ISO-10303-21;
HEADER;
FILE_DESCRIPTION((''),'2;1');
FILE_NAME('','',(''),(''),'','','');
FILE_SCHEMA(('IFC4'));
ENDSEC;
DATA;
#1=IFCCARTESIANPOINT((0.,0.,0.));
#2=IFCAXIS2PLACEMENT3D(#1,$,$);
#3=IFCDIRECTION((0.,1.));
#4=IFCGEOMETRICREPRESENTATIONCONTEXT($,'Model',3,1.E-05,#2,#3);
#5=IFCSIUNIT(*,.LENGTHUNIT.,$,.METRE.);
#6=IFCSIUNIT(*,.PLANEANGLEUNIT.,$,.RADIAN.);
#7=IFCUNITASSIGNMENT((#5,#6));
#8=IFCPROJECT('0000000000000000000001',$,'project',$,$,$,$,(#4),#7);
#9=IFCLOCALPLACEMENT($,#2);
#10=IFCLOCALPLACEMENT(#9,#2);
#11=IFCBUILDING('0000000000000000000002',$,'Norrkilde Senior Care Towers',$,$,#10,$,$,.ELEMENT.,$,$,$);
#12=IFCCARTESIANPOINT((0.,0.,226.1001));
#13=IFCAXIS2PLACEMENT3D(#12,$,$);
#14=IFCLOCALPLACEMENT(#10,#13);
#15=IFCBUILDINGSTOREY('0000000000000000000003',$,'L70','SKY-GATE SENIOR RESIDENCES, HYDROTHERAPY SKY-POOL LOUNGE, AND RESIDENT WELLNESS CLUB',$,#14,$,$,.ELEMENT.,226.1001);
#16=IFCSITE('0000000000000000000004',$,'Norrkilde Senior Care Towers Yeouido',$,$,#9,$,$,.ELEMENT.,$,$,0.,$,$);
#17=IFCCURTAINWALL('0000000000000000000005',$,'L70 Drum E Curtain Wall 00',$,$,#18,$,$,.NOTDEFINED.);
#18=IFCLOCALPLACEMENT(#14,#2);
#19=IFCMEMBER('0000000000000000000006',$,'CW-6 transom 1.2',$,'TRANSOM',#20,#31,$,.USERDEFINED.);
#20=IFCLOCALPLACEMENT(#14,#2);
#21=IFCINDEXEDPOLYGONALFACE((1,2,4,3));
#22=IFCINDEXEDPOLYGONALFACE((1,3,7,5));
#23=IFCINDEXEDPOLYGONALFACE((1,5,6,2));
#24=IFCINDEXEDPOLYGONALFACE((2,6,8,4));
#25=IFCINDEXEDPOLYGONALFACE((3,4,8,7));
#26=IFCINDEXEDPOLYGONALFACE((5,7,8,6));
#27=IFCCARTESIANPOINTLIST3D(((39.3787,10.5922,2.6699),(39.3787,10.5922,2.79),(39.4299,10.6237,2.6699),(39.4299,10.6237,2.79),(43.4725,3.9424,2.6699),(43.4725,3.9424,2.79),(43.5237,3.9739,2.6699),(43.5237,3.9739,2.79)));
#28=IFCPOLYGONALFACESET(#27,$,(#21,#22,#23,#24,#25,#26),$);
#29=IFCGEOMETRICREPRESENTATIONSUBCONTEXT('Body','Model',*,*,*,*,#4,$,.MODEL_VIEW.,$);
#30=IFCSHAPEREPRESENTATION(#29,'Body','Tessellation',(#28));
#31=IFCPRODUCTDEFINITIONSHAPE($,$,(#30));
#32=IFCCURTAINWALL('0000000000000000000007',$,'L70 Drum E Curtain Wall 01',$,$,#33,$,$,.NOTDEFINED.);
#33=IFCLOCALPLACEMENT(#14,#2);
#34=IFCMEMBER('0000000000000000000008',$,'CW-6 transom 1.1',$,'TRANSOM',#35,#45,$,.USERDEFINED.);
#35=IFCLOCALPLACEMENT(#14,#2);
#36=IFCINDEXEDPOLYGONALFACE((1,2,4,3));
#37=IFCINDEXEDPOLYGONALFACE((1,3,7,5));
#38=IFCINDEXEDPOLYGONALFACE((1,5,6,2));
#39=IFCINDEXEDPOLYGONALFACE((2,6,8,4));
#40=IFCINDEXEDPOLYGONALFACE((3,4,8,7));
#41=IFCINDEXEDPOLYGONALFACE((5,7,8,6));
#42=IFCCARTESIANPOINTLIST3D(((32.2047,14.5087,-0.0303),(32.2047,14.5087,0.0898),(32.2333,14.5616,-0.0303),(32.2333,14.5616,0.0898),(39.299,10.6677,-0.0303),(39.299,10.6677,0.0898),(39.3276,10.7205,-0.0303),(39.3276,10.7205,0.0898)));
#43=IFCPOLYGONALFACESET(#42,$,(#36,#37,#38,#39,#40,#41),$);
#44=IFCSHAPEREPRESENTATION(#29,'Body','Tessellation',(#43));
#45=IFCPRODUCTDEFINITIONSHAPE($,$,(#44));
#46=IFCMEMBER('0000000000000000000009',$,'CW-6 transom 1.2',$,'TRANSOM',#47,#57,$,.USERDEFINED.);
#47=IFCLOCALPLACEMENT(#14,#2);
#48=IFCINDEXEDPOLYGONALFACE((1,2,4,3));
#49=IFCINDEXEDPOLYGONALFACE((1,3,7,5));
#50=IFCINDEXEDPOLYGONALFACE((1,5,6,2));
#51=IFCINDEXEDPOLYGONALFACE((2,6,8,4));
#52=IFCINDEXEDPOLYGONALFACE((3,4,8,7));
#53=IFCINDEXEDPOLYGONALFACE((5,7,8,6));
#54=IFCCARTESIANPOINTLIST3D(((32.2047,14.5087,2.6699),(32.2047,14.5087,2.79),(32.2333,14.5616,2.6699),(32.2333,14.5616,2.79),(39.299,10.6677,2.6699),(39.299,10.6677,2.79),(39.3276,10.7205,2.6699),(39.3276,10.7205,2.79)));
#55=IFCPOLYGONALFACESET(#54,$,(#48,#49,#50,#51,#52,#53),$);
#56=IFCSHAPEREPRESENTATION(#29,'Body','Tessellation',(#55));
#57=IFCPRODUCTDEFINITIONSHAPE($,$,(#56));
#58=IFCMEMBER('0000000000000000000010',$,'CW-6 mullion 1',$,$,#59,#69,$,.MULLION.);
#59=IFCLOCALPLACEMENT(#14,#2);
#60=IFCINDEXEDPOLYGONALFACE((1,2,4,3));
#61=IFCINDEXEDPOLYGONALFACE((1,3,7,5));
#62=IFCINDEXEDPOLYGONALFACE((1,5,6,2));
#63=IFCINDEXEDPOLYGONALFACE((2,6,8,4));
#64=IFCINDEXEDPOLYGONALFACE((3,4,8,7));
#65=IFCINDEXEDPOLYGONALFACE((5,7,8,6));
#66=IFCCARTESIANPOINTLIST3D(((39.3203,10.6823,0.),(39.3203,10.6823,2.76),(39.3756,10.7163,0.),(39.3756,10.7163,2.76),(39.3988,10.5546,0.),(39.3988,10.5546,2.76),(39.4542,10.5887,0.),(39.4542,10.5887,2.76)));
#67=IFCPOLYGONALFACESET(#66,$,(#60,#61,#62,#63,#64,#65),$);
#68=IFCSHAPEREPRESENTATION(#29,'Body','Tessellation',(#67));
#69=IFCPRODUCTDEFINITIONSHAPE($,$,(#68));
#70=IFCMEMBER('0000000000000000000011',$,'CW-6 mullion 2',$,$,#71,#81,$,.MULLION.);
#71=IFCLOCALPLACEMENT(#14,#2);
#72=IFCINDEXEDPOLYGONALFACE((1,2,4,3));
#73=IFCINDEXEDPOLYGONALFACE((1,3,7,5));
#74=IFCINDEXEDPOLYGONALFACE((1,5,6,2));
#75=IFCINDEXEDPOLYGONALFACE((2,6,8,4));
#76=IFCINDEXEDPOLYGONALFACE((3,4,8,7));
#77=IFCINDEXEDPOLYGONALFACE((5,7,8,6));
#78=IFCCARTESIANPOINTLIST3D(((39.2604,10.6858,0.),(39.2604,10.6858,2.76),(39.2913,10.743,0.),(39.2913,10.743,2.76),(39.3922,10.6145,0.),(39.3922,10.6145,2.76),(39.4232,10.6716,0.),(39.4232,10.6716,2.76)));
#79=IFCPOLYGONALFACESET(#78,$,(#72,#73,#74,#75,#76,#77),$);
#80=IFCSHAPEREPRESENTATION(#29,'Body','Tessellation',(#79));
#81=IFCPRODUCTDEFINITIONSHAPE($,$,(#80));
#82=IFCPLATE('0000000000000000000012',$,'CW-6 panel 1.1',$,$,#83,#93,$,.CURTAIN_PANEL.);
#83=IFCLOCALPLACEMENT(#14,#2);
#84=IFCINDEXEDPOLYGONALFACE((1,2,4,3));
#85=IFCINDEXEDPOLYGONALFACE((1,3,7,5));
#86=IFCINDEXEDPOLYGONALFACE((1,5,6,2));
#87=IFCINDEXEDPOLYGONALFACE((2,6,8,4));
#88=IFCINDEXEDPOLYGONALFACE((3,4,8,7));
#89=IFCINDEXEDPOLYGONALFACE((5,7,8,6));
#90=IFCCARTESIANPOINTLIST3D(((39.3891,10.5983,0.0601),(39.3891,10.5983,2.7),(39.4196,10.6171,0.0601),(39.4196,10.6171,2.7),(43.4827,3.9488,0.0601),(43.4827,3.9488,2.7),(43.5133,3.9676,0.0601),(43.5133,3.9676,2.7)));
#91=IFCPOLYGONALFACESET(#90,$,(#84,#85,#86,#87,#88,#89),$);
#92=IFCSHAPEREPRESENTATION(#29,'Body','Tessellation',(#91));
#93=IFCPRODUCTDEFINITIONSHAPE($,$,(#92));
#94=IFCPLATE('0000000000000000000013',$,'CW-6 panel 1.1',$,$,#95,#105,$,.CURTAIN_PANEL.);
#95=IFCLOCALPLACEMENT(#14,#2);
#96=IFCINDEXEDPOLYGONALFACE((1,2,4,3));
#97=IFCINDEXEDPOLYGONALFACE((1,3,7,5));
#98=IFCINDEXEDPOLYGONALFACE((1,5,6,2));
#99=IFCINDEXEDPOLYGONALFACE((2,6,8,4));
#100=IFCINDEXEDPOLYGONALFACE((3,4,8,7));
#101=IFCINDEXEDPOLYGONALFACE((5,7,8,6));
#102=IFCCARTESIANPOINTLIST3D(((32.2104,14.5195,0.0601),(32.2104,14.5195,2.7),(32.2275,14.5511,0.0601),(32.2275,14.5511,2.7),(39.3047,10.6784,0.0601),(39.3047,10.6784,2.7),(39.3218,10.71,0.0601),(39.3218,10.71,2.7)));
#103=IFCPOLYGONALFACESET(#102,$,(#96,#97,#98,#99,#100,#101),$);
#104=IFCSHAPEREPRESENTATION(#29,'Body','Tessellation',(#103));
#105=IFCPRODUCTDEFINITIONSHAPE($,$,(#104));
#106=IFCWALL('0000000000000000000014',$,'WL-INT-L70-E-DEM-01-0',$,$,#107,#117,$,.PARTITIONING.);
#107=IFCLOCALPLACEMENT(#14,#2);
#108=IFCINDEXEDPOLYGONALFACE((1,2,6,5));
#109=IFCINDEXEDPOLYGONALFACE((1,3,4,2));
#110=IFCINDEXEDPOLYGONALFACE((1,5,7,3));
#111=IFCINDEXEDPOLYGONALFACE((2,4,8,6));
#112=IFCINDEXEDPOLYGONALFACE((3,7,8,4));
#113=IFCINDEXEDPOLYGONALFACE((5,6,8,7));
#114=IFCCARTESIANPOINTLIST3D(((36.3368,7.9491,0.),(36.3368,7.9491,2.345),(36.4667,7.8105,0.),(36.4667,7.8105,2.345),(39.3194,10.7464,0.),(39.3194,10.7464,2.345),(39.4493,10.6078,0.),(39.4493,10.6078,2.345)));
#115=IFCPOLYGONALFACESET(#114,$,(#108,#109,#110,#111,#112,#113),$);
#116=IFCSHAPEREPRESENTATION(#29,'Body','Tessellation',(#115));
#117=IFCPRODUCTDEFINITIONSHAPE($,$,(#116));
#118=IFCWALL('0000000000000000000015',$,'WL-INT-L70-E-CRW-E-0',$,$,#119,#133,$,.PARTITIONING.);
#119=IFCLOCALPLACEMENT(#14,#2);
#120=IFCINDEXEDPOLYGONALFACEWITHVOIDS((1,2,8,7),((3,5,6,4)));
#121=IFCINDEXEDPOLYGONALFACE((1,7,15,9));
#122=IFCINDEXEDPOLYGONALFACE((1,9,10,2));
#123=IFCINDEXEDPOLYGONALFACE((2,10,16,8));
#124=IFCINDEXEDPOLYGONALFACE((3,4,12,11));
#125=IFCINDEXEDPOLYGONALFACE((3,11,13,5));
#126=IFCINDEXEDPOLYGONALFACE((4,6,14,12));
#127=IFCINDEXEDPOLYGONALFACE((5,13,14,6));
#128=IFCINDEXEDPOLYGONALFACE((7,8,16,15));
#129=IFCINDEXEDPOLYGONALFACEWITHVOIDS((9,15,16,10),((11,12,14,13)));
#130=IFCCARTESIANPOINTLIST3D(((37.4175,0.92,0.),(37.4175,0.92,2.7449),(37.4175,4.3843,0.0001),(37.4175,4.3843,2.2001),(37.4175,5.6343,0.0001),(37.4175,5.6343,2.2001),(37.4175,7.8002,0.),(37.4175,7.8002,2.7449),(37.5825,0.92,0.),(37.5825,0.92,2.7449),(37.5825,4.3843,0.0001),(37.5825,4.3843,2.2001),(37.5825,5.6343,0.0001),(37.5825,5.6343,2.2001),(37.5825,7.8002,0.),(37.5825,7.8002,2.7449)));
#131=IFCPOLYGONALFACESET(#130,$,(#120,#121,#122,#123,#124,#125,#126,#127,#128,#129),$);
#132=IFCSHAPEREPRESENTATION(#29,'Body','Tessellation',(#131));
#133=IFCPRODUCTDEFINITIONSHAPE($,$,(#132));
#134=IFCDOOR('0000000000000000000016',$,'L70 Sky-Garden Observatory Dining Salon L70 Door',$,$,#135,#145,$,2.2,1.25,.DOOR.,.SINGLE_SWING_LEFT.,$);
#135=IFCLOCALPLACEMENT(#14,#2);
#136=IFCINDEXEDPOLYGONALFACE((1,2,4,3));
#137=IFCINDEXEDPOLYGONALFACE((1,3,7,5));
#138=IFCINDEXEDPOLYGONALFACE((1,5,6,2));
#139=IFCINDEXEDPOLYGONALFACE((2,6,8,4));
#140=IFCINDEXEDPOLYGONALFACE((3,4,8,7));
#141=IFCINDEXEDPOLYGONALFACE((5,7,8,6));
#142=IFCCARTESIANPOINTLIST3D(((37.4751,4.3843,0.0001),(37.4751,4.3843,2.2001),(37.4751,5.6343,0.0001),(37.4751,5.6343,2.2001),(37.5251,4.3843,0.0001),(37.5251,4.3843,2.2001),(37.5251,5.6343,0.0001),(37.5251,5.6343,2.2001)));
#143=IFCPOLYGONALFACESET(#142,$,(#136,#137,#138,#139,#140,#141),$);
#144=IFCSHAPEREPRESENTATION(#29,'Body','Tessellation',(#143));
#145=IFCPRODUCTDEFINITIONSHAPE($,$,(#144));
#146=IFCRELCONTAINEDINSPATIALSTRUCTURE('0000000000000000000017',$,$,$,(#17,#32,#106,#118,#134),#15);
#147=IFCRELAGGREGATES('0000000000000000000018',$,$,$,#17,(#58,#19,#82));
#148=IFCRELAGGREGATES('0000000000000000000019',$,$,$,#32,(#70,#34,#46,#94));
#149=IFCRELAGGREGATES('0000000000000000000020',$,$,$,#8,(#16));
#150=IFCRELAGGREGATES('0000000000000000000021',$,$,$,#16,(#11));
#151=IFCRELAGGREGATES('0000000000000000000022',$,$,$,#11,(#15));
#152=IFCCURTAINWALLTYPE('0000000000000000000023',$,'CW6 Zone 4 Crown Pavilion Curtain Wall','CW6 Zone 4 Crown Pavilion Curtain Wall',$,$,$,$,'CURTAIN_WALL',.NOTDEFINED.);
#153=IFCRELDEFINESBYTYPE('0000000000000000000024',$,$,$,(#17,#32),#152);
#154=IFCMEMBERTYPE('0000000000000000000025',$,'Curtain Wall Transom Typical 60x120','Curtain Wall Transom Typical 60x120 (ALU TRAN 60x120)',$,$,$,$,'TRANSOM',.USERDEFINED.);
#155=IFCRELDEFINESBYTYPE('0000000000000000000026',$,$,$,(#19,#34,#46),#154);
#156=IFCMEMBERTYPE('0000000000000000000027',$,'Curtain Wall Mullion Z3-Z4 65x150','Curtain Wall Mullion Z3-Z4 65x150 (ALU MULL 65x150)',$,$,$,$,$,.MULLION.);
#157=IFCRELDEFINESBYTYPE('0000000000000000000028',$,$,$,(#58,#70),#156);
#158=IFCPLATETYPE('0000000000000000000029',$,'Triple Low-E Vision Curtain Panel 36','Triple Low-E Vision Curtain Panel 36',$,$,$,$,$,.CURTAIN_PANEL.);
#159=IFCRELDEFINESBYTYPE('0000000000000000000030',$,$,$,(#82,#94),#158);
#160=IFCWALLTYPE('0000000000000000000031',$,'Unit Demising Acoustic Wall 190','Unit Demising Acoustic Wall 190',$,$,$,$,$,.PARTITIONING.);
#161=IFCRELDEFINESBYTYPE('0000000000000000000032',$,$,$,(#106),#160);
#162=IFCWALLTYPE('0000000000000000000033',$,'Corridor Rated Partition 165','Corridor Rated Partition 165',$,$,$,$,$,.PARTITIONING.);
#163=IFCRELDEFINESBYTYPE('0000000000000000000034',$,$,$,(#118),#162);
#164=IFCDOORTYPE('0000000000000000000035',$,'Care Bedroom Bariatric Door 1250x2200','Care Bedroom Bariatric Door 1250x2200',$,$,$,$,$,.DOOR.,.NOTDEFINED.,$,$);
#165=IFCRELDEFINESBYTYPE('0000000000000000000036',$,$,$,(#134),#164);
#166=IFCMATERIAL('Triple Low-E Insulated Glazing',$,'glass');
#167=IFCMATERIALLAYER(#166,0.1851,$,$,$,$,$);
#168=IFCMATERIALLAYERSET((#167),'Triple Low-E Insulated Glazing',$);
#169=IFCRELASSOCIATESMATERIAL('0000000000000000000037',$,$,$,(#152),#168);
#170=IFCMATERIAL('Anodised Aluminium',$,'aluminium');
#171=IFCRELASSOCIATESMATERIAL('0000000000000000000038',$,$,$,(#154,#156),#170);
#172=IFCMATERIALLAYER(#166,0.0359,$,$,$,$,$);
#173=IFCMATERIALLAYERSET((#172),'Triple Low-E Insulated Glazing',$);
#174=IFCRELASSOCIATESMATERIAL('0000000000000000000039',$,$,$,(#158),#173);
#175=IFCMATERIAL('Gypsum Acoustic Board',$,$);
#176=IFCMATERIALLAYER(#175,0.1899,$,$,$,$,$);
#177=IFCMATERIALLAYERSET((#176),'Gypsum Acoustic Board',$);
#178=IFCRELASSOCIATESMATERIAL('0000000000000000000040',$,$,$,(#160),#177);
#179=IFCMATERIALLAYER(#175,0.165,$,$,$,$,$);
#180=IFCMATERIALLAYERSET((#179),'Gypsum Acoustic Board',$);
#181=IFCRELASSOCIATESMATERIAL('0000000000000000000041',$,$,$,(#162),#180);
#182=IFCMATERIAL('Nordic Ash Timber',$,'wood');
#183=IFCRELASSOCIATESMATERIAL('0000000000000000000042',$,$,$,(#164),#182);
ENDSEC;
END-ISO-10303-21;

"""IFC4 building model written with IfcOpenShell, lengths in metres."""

from ifc_helpers import new_model, si_unit, direction, frame, frame_2d, origin, origin_2d, place, context, subcontext, project, spatial, rectangle, extrude, source, transform, mapped, material, layer, layer_set, material_profile, profile_set, type_object, type_shapes, element, fill, aggregate, save


model = new_model("IFC4")

# Units and contexts
model_context = context("Model", 3, precision=1e-05, world=origin(), true_north=direction((0.0, 1.0)))
body_context = subcontext(model_context, "Body", "Model", "MODEL_VIEW")
ifc_project = project(units=[si_unit("LENGTHUNIT", "METRE"), si_unit("PLANEANGLEUNIT", "RADIAN")], contexts=[model_context])

# Site, building, storey
site_placement = place(None, origin())
site = spatial("IfcSite", under=ifc_project, at=site_placement, Name="Norrkilde Senior Care Towers Yeouido", CompositionType="ELEMENT", RefElevation=0.0)
building_placement = place(site_placement, origin())
building = spatial("IfcBuilding", under=site, at=building_placement, Name="Norrkilde Senior Care Towers", CompositionType="ELEMENT")
storey_placement = place(building_placement, frame((0.0, 0.0, 226.1001)))
storey = spatial("IfcBuildingStorey", under=building, at=storey_placement, Name="L70", Description="SKY-GATE SENIOR RESIDENCES, HYDROTHERAPY SKY-POOL LOUNGE, AND RESIDENT WELLNESS CLUB", CompositionType="ELEMENT", Elevation=226.1001)

# Curtain walls, members
ifc_material_1 = material(Name="Triple Low-E Insulated Glazing", Category="glass")
ifc_layer_1 = layer(ifc_material_1, 0.1851)
ifc_layer_set_1 = layer_set([ifc_layer_1], Name="Triple Low-E Insulated Glazing")
curtain_wall_type = type_object("IfcCurtainWallType", Name="CW6 Zone 4 Crown Pavilion Curtain Wall", Description="CW6 Zone 4 Crown Pavilion Curtain Wall", ElementType="CURTAIN_WALL", PredefinedType="NOTDEFINED", material=ifc_layer_set_1)
curtain_wall_1_placement = place(storey_placement, origin())
curtain_wall_1 = element("IfcCurtainWall", 1, at=curtain_wall_1_placement, inside=storey, type_object=curtain_wall_type, Name="L70 Drum E Curtain Wall 00", PredefinedType="NOTDEFINED")
ifc_material_2 = material(Name="Anodised Aluminium", Category="aluminium")
ifc_material_profile_1 = material_profile(ifc_material_2, rectangle(XDim=0.0601, YDim=0.1201, at=origin_2d()), Name="ALU TRAN 60x120")
ifc_profile_set_1 = profile_set([ifc_material_profile_1], Name="Anodised Aluminium")
member_type_1 = type_object("IfcMemberType", Name="Curtain Wall Transom Typical 60x120", Description="Curtain Wall Transom Typical 60x120 (ALU TRAN 60x120)", ElementType="TRANSOM", PredefinedType="USERDEFINED", material=ifc_profile_set_1)
shared_shape_1 = source(origin(), body_context, "Body", "SweptSolid", [
    extrude(rectangle(XDim=0.0601, YDim=0.1201, at=origin_2d()), origin(), (0.0, 0.0, 1.0), 7.8088),
])
member_1_placement = place(storey_placement, frame((39.4043, 10.6079, 2.73), z_axis=(0.524251, -0.851564, 0.0), x_axis=(0.851564, 0.524251, 0.0)))
member_1 = element("IfcMember", 2, at=member_1_placement, type_object=member_type_1, Name="CW-6 transom 1.2", ObjectType="TRANSOM", PredefinedType="USERDEFINED", context=body_context, shape_type="MappedRepresentation", body=[
    mapped(shared_shape_1, transform((0.0, 0.0, 0.0), x_axis=(1.0, 0.0, 0.0), y_axis=(0.0, 1.0, 0.0), z_axis=(0.0, 0.0, 1.0), scale=1.0)),
])
curtain_wall_2_placement = place(storey_placement, origin())
curtain_wall_2 = element("IfcCurtainWall", 3, at=curtain_wall_2_placement, inside=storey, type_object=curtain_wall_type, Name="L70 Drum E Curtain Wall 01", PredefinedType="NOTDEFINED")
shared_shape_2 = source(origin(), body_context, "Body", "SweptSolid", [
    extrude(rectangle(XDim=0.0601, YDim=0.1201, at=origin_2d()), origin(), (0.0, 0.0, 1.0), 8.0674),
])
type_shapes(member_type_1, [shared_shape_1, shared_shape_2])
member_2_placement = place(storey_placement, frame((32.219, 14.5352, 0.0298), z_axis=(0.879378, -0.476125, 0.0), x_axis=(0.476125, 0.879378, 0.0)))
member_2 = element("IfcMember", 4, at=member_2_placement, type_object=member_type_1, Name="CW-6 transom 1.1", ObjectType="TRANSOM", PredefinedType="USERDEFINED", context=body_context, shape_type="MappedRepresentation", body=[
    mapped(shared_shape_2, transform((0.0, 0.0, 0.0), x_axis=(1.0, 0.0, 0.0), y_axis=(0.0, 1.0, 0.0), z_axis=(0.0, 0.0, 1.0), scale=1.0)),
])
member_3_placement = place(storey_placement, frame((32.219, 14.5352, 2.73), z_axis=(0.879378, -0.476125, 0.0), x_axis=(0.476125, 0.879378, 0.0)))
member_3 = element("IfcMember", 5, at=member_3_placement, type_object=member_type_1, Name="CW-6 transom 1.2", ObjectType="TRANSOM", PredefinedType="USERDEFINED", context=body_context, shape_type="MappedRepresentation", body=[
    mapped(shared_shape_2, transform((0.0, 0.0, 0.0), x_axis=(1.0, 0.0, 0.0), y_axis=(0.0, 1.0, 0.0), z_axis=(0.0, 0.0, 1.0), scale=1.0)),
])

# Members
ifc_material_profile_2 = material_profile(ifc_material_2, rectangle(XDim=0.0649, YDim=0.1499, at=origin_2d()), Name="ALU MULL 65x150")
ifc_profile_set_2 = profile_set([ifc_material_profile_2], Name="Anodised Aluminium")
member_type_2 = type_object("IfcMemberType", Name="Curtain Wall Mullion Z3-Z4 65x150", Description="Curtain Wall Mullion Z3-Z4 65x150 (ALU MULL 65x150)", PredefinedType="MULLION", material=ifc_profile_set_2)
shared_shape_3 = source(origin(), body_context, "Body", "SweptSolid", [
    extrude(rectangle(XDim=0.0649, YDim=0.1499, at=origin_2d()), origin(), (0.0, 0.0, 1.0), 2.76),
])
type_shapes(member_type_2, [shared_shape_3])
member_4_placement = place(storey_placement, frame((39.3872, 10.6355, 0.0), z_axis=(0.0, 0.0, 1.0), x_axis=(0.851563, 0.524253, 0.0)))
member_4 = element("IfcMember", 6, at=member_4_placement, type_object=member_type_2, Name="CW-6 mullion 1", PredefinedType="MULLION", context=body_context, shape_type="MappedRepresentation", body=[
    mapped(shared_shape_3, transform((0.0, 0.0, 0.0), x_axis=(1.0, 0.0, 0.0), y_axis=(0.0, 1.0, 0.0), z_axis=(0.0, 0.0, 1.0), scale=1.0)),
])
member_5_placement = place(storey_placement, frame((39.3418, 10.6787, 0.0), z_axis=(0.0, 0.0, 1.0), x_axis=(0.476133, 0.879373, 0.0)))
member_5 = element("IfcMember", 7, at=member_5_placement, type_object=member_type_2, Name="CW-6 mullion 2", PredefinedType="MULLION", context=body_context, shape_type="MappedRepresentation", body=[
    mapped(shared_shape_3, transform((0.0, 0.0, 0.0), x_axis=(1.0, 0.0, 0.0), y_axis=(0.0, 1.0, 0.0), z_axis=(0.0, 0.0, 1.0), scale=1.0)),
])

# Plates
ifc_layer_2 = layer(ifc_material_1, 0.0359)
ifc_layer_set_2 = layer_set([ifc_layer_2], Name="Triple Low-E Insulated Glazing")
plate_type = type_object("IfcPlateType", Name="Triple Low-E Vision Curtain Panel 36", Description="Triple Low-E Vision Curtain Panel 36", PredefinedType="CURTAIN_PANEL", material=ifc_layer_set_2)
shared_shape_4 = source(origin(), body_context, "Body", "SweptSolid", [
    extrude(rectangle(XDim=7.8086, YDim=0.0359, at=origin_2d()), origin(), (0.0, 0.0, 1.0), 2.6399),
])
plate_1_placement = place(storey_placement, frame((41.4512, 7.283, 0.0601), z_axis=(0.0, 0.0, 1.0), x_axis=(0.524253, -0.851563, 0.0)))
plate_1 = element("IfcPlate", 8, at=plate_1_placement, type_object=plate_type, Name="CW-6 panel 1.1", PredefinedType="CURTAIN_PANEL", context=body_context, shape_type="MappedRepresentation", body=[
    mapped(shared_shape_4, transform((0.0, 0.0, 0.0), x_axis=(1.0, 0.0, 0.0), y_axis=(0.0, 1.0, 0.0), z_axis=(0.0, 0.0, 1.0), scale=1.0)),
])
aggregate(curtain_wall_1, [member_4, member_1, plate_1])
shared_shape_5 = source(origin(), body_context, "Body", "SweptSolid", [
    extrude(rectangle(XDim=8.0674, YDim=0.0359, at=origin_2d()), origin(), (0.0, 0.0, 1.0), 2.6399),
])
type_shapes(plate_type, [shared_shape_4, shared_shape_5])
plate_2_placement = place(storey_placement, frame((35.7661, 12.6147, 0.0601), z_axis=(0.0, 0.0, 1.0), x_axis=(0.879373, -0.476133, 0.0)))
plate_2 = element("IfcPlate", 9, at=plate_2_placement, type_object=plate_type, Name="CW-6 panel 1.1", PredefinedType="CURTAIN_PANEL", context=body_context, shape_type="MappedRepresentation", body=[
    mapped(shared_shape_5, transform((0.0, 0.0, 0.0), x_axis=(1.0, 0.0, 0.0), y_axis=(0.0, 1.0, 0.0), z_axis=(0.0, 0.0, 1.0), scale=1.0)),
])
aggregate(curtain_wall_2, [member_5, member_2, member_3, plate_2])

# Wall
ifc_material_3 = material(Name="Gypsum Acoustic Board")
ifc_layer_3 = layer(ifc_material_3, 0.1899)
ifc_layer_set_3 = layer_set([ifc_layer_3], Name="Gypsum Acoustic Board")
wall_type_1 = type_object("IfcWallType", Name="Unit Demising Acoustic Wall 190", Description="Unit Demising Acoustic Wall 190", PredefinedType="PARTITIONING", material=ifc_layer_set_3)
shared_shape_6 = source(origin(), body_context, "Body", "SweptSolid", [
    extrude(rectangle(XDim=4.0891, YDim=0.1899, at=frame_2d((2.0444, 0.0))), origin(), (0.0, 0.0, 1.0), 2.345),
])
type_shapes(wall_type_1, [shared_shape_6])
wall_1_placement = place(storey_placement, frame((36.4019, 7.8799, 0.0), z_axis=(0.0, 0.0, 1.0), x_axis=(0.729401, 0.684086, 0.0)))
element("IfcWall", 10, at=wall_1_placement, inside=storey, type_object=wall_type_1, Name="WL-INT-L70-E-DEM-01-0", PredefinedType="PARTITIONING", context=body_context, shape_type="MappedRepresentation", body=[
    mapped(shared_shape_6, transform((0.0, 0.0, 0.0), x_axis=(1.0, 0.0, 0.0), y_axis=(0.0, 1.0, 0.0), z_axis=(0.0, 0.0, 1.0), scale=1.0)),
])

# Wall, opening, door
ifc_layer_4 = layer(ifc_material_3, 0.165)
ifc_layer_set_4 = layer_set([ifc_layer_4], Name="Gypsum Acoustic Board")
wall_type_2 = type_object("IfcWallType", Name="Corridor Rated Partition 165", Description="Corridor Rated Partition 165", PredefinedType="PARTITIONING", material=ifc_layer_set_4)
shared_shape_7 = source(origin(), body_context, "Body", "SweptSolid", [
    extrude(rectangle(XDim=6.8801, YDim=0.165, at=frame_2d((3.4399, 0.0))), origin(), (0.0, 0.0, 1.0), 2.7449),
])
type_shapes(wall_type_2, [shared_shape_7])
wall_2_placement = place(storey_placement, frame((37.5, 7.8, 0.0), z_axis=(0.0, 0.0, 1.0), x_axis=(0.0, -1.0, 0.0)))
wall_2 = element("IfcWall", 11, at=wall_2_placement, inside=storey, type_object=wall_type_2, Name="WL-INT-L70-E-CRW-E-0", PredefinedType="PARTITIONING", context=body_context, shape_type="MappedRepresentation", body=[
    mapped(shared_shape_7, transform((0.0, 0.0, 0.0), x_axis=(1.0, 0.0, 0.0), y_axis=(0.0, 1.0, 0.0), z_axis=(0.0, 0.0, 1.0), scale=1.0)),
])
opening_placement = place(wall_2_placement, frame((2.1658, 0.0, 0.0)))
opening = element("IfcOpeningElement", 12, at=opening_placement, cuts=wall_2, PredefinedType="OPENING", context=body_context, shape_type="SweptSolid", body=[
    extrude(rectangle(XDim=1.25, YDim=2.2, at=frame_2d((0.625, 1.1001))), frame((0.0, 0.0925, 0.0), z_axis=(0.0, -1.0, 0.0), x_axis=(1.0, 0.0, 0.0)), (0.0, 0.0, 1.0), 0.1851),
])
ifc_material_4 = material(Name="Nordic Ash Timber", Category="wood")
door_type = type_object("IfcDoorType", Name="Care Bedroom Bariatric Door 1250x2200", Description="Care Bedroom Bariatric Door 1250x2200", OperationType="NOTDEFINED", PredefinedType="DOOR", material=ifc_material_4)
shared_shape_8 = source(origin(), body_context, "Body", "SweptSolid", [
    extrude(rectangle(XDim=1.25, YDim=2.2, at=frame_2d((0.625, 1.1001))), frame((0.0, 0.0249, 0.0), z_axis=(0.0, -1.0, 0.0), x_axis=(1.0, 0.0, 0.0)), (0.0, 0.0, 1.0), 0.05),
])
type_shapes(door_type, [shared_shape_8])
door_placement = place(opening_placement, frame((1.25, 0.0, 0.0), z_axis=(0.0, 0.0, 1.0), x_axis=(-1.0, 0.0, 0.0)))
door = element("IfcDoor", 13, at=door_placement, inside=storey, type_object=door_type, Name="L70 Sky-Garden Observatory Dining Salon L70 Door", OperationType="SINGLE_SWING_LEFT", OverallHeight=2.2, OverallWidth=1.25, PredefinedType="DOOR", context=body_context, shape_type="MappedRepresentation", body=[
    mapped(shared_shape_8, transform((0.0, 0.0, 0.0), x_axis=(1.0, 0.0, 0.0), y_axis=(0.0, 1.0, 0.0), z_axis=(0.0, 0.0, 1.0), scale=1.0)),
])
fill(opening, door)

save(model, "model.ifc")
